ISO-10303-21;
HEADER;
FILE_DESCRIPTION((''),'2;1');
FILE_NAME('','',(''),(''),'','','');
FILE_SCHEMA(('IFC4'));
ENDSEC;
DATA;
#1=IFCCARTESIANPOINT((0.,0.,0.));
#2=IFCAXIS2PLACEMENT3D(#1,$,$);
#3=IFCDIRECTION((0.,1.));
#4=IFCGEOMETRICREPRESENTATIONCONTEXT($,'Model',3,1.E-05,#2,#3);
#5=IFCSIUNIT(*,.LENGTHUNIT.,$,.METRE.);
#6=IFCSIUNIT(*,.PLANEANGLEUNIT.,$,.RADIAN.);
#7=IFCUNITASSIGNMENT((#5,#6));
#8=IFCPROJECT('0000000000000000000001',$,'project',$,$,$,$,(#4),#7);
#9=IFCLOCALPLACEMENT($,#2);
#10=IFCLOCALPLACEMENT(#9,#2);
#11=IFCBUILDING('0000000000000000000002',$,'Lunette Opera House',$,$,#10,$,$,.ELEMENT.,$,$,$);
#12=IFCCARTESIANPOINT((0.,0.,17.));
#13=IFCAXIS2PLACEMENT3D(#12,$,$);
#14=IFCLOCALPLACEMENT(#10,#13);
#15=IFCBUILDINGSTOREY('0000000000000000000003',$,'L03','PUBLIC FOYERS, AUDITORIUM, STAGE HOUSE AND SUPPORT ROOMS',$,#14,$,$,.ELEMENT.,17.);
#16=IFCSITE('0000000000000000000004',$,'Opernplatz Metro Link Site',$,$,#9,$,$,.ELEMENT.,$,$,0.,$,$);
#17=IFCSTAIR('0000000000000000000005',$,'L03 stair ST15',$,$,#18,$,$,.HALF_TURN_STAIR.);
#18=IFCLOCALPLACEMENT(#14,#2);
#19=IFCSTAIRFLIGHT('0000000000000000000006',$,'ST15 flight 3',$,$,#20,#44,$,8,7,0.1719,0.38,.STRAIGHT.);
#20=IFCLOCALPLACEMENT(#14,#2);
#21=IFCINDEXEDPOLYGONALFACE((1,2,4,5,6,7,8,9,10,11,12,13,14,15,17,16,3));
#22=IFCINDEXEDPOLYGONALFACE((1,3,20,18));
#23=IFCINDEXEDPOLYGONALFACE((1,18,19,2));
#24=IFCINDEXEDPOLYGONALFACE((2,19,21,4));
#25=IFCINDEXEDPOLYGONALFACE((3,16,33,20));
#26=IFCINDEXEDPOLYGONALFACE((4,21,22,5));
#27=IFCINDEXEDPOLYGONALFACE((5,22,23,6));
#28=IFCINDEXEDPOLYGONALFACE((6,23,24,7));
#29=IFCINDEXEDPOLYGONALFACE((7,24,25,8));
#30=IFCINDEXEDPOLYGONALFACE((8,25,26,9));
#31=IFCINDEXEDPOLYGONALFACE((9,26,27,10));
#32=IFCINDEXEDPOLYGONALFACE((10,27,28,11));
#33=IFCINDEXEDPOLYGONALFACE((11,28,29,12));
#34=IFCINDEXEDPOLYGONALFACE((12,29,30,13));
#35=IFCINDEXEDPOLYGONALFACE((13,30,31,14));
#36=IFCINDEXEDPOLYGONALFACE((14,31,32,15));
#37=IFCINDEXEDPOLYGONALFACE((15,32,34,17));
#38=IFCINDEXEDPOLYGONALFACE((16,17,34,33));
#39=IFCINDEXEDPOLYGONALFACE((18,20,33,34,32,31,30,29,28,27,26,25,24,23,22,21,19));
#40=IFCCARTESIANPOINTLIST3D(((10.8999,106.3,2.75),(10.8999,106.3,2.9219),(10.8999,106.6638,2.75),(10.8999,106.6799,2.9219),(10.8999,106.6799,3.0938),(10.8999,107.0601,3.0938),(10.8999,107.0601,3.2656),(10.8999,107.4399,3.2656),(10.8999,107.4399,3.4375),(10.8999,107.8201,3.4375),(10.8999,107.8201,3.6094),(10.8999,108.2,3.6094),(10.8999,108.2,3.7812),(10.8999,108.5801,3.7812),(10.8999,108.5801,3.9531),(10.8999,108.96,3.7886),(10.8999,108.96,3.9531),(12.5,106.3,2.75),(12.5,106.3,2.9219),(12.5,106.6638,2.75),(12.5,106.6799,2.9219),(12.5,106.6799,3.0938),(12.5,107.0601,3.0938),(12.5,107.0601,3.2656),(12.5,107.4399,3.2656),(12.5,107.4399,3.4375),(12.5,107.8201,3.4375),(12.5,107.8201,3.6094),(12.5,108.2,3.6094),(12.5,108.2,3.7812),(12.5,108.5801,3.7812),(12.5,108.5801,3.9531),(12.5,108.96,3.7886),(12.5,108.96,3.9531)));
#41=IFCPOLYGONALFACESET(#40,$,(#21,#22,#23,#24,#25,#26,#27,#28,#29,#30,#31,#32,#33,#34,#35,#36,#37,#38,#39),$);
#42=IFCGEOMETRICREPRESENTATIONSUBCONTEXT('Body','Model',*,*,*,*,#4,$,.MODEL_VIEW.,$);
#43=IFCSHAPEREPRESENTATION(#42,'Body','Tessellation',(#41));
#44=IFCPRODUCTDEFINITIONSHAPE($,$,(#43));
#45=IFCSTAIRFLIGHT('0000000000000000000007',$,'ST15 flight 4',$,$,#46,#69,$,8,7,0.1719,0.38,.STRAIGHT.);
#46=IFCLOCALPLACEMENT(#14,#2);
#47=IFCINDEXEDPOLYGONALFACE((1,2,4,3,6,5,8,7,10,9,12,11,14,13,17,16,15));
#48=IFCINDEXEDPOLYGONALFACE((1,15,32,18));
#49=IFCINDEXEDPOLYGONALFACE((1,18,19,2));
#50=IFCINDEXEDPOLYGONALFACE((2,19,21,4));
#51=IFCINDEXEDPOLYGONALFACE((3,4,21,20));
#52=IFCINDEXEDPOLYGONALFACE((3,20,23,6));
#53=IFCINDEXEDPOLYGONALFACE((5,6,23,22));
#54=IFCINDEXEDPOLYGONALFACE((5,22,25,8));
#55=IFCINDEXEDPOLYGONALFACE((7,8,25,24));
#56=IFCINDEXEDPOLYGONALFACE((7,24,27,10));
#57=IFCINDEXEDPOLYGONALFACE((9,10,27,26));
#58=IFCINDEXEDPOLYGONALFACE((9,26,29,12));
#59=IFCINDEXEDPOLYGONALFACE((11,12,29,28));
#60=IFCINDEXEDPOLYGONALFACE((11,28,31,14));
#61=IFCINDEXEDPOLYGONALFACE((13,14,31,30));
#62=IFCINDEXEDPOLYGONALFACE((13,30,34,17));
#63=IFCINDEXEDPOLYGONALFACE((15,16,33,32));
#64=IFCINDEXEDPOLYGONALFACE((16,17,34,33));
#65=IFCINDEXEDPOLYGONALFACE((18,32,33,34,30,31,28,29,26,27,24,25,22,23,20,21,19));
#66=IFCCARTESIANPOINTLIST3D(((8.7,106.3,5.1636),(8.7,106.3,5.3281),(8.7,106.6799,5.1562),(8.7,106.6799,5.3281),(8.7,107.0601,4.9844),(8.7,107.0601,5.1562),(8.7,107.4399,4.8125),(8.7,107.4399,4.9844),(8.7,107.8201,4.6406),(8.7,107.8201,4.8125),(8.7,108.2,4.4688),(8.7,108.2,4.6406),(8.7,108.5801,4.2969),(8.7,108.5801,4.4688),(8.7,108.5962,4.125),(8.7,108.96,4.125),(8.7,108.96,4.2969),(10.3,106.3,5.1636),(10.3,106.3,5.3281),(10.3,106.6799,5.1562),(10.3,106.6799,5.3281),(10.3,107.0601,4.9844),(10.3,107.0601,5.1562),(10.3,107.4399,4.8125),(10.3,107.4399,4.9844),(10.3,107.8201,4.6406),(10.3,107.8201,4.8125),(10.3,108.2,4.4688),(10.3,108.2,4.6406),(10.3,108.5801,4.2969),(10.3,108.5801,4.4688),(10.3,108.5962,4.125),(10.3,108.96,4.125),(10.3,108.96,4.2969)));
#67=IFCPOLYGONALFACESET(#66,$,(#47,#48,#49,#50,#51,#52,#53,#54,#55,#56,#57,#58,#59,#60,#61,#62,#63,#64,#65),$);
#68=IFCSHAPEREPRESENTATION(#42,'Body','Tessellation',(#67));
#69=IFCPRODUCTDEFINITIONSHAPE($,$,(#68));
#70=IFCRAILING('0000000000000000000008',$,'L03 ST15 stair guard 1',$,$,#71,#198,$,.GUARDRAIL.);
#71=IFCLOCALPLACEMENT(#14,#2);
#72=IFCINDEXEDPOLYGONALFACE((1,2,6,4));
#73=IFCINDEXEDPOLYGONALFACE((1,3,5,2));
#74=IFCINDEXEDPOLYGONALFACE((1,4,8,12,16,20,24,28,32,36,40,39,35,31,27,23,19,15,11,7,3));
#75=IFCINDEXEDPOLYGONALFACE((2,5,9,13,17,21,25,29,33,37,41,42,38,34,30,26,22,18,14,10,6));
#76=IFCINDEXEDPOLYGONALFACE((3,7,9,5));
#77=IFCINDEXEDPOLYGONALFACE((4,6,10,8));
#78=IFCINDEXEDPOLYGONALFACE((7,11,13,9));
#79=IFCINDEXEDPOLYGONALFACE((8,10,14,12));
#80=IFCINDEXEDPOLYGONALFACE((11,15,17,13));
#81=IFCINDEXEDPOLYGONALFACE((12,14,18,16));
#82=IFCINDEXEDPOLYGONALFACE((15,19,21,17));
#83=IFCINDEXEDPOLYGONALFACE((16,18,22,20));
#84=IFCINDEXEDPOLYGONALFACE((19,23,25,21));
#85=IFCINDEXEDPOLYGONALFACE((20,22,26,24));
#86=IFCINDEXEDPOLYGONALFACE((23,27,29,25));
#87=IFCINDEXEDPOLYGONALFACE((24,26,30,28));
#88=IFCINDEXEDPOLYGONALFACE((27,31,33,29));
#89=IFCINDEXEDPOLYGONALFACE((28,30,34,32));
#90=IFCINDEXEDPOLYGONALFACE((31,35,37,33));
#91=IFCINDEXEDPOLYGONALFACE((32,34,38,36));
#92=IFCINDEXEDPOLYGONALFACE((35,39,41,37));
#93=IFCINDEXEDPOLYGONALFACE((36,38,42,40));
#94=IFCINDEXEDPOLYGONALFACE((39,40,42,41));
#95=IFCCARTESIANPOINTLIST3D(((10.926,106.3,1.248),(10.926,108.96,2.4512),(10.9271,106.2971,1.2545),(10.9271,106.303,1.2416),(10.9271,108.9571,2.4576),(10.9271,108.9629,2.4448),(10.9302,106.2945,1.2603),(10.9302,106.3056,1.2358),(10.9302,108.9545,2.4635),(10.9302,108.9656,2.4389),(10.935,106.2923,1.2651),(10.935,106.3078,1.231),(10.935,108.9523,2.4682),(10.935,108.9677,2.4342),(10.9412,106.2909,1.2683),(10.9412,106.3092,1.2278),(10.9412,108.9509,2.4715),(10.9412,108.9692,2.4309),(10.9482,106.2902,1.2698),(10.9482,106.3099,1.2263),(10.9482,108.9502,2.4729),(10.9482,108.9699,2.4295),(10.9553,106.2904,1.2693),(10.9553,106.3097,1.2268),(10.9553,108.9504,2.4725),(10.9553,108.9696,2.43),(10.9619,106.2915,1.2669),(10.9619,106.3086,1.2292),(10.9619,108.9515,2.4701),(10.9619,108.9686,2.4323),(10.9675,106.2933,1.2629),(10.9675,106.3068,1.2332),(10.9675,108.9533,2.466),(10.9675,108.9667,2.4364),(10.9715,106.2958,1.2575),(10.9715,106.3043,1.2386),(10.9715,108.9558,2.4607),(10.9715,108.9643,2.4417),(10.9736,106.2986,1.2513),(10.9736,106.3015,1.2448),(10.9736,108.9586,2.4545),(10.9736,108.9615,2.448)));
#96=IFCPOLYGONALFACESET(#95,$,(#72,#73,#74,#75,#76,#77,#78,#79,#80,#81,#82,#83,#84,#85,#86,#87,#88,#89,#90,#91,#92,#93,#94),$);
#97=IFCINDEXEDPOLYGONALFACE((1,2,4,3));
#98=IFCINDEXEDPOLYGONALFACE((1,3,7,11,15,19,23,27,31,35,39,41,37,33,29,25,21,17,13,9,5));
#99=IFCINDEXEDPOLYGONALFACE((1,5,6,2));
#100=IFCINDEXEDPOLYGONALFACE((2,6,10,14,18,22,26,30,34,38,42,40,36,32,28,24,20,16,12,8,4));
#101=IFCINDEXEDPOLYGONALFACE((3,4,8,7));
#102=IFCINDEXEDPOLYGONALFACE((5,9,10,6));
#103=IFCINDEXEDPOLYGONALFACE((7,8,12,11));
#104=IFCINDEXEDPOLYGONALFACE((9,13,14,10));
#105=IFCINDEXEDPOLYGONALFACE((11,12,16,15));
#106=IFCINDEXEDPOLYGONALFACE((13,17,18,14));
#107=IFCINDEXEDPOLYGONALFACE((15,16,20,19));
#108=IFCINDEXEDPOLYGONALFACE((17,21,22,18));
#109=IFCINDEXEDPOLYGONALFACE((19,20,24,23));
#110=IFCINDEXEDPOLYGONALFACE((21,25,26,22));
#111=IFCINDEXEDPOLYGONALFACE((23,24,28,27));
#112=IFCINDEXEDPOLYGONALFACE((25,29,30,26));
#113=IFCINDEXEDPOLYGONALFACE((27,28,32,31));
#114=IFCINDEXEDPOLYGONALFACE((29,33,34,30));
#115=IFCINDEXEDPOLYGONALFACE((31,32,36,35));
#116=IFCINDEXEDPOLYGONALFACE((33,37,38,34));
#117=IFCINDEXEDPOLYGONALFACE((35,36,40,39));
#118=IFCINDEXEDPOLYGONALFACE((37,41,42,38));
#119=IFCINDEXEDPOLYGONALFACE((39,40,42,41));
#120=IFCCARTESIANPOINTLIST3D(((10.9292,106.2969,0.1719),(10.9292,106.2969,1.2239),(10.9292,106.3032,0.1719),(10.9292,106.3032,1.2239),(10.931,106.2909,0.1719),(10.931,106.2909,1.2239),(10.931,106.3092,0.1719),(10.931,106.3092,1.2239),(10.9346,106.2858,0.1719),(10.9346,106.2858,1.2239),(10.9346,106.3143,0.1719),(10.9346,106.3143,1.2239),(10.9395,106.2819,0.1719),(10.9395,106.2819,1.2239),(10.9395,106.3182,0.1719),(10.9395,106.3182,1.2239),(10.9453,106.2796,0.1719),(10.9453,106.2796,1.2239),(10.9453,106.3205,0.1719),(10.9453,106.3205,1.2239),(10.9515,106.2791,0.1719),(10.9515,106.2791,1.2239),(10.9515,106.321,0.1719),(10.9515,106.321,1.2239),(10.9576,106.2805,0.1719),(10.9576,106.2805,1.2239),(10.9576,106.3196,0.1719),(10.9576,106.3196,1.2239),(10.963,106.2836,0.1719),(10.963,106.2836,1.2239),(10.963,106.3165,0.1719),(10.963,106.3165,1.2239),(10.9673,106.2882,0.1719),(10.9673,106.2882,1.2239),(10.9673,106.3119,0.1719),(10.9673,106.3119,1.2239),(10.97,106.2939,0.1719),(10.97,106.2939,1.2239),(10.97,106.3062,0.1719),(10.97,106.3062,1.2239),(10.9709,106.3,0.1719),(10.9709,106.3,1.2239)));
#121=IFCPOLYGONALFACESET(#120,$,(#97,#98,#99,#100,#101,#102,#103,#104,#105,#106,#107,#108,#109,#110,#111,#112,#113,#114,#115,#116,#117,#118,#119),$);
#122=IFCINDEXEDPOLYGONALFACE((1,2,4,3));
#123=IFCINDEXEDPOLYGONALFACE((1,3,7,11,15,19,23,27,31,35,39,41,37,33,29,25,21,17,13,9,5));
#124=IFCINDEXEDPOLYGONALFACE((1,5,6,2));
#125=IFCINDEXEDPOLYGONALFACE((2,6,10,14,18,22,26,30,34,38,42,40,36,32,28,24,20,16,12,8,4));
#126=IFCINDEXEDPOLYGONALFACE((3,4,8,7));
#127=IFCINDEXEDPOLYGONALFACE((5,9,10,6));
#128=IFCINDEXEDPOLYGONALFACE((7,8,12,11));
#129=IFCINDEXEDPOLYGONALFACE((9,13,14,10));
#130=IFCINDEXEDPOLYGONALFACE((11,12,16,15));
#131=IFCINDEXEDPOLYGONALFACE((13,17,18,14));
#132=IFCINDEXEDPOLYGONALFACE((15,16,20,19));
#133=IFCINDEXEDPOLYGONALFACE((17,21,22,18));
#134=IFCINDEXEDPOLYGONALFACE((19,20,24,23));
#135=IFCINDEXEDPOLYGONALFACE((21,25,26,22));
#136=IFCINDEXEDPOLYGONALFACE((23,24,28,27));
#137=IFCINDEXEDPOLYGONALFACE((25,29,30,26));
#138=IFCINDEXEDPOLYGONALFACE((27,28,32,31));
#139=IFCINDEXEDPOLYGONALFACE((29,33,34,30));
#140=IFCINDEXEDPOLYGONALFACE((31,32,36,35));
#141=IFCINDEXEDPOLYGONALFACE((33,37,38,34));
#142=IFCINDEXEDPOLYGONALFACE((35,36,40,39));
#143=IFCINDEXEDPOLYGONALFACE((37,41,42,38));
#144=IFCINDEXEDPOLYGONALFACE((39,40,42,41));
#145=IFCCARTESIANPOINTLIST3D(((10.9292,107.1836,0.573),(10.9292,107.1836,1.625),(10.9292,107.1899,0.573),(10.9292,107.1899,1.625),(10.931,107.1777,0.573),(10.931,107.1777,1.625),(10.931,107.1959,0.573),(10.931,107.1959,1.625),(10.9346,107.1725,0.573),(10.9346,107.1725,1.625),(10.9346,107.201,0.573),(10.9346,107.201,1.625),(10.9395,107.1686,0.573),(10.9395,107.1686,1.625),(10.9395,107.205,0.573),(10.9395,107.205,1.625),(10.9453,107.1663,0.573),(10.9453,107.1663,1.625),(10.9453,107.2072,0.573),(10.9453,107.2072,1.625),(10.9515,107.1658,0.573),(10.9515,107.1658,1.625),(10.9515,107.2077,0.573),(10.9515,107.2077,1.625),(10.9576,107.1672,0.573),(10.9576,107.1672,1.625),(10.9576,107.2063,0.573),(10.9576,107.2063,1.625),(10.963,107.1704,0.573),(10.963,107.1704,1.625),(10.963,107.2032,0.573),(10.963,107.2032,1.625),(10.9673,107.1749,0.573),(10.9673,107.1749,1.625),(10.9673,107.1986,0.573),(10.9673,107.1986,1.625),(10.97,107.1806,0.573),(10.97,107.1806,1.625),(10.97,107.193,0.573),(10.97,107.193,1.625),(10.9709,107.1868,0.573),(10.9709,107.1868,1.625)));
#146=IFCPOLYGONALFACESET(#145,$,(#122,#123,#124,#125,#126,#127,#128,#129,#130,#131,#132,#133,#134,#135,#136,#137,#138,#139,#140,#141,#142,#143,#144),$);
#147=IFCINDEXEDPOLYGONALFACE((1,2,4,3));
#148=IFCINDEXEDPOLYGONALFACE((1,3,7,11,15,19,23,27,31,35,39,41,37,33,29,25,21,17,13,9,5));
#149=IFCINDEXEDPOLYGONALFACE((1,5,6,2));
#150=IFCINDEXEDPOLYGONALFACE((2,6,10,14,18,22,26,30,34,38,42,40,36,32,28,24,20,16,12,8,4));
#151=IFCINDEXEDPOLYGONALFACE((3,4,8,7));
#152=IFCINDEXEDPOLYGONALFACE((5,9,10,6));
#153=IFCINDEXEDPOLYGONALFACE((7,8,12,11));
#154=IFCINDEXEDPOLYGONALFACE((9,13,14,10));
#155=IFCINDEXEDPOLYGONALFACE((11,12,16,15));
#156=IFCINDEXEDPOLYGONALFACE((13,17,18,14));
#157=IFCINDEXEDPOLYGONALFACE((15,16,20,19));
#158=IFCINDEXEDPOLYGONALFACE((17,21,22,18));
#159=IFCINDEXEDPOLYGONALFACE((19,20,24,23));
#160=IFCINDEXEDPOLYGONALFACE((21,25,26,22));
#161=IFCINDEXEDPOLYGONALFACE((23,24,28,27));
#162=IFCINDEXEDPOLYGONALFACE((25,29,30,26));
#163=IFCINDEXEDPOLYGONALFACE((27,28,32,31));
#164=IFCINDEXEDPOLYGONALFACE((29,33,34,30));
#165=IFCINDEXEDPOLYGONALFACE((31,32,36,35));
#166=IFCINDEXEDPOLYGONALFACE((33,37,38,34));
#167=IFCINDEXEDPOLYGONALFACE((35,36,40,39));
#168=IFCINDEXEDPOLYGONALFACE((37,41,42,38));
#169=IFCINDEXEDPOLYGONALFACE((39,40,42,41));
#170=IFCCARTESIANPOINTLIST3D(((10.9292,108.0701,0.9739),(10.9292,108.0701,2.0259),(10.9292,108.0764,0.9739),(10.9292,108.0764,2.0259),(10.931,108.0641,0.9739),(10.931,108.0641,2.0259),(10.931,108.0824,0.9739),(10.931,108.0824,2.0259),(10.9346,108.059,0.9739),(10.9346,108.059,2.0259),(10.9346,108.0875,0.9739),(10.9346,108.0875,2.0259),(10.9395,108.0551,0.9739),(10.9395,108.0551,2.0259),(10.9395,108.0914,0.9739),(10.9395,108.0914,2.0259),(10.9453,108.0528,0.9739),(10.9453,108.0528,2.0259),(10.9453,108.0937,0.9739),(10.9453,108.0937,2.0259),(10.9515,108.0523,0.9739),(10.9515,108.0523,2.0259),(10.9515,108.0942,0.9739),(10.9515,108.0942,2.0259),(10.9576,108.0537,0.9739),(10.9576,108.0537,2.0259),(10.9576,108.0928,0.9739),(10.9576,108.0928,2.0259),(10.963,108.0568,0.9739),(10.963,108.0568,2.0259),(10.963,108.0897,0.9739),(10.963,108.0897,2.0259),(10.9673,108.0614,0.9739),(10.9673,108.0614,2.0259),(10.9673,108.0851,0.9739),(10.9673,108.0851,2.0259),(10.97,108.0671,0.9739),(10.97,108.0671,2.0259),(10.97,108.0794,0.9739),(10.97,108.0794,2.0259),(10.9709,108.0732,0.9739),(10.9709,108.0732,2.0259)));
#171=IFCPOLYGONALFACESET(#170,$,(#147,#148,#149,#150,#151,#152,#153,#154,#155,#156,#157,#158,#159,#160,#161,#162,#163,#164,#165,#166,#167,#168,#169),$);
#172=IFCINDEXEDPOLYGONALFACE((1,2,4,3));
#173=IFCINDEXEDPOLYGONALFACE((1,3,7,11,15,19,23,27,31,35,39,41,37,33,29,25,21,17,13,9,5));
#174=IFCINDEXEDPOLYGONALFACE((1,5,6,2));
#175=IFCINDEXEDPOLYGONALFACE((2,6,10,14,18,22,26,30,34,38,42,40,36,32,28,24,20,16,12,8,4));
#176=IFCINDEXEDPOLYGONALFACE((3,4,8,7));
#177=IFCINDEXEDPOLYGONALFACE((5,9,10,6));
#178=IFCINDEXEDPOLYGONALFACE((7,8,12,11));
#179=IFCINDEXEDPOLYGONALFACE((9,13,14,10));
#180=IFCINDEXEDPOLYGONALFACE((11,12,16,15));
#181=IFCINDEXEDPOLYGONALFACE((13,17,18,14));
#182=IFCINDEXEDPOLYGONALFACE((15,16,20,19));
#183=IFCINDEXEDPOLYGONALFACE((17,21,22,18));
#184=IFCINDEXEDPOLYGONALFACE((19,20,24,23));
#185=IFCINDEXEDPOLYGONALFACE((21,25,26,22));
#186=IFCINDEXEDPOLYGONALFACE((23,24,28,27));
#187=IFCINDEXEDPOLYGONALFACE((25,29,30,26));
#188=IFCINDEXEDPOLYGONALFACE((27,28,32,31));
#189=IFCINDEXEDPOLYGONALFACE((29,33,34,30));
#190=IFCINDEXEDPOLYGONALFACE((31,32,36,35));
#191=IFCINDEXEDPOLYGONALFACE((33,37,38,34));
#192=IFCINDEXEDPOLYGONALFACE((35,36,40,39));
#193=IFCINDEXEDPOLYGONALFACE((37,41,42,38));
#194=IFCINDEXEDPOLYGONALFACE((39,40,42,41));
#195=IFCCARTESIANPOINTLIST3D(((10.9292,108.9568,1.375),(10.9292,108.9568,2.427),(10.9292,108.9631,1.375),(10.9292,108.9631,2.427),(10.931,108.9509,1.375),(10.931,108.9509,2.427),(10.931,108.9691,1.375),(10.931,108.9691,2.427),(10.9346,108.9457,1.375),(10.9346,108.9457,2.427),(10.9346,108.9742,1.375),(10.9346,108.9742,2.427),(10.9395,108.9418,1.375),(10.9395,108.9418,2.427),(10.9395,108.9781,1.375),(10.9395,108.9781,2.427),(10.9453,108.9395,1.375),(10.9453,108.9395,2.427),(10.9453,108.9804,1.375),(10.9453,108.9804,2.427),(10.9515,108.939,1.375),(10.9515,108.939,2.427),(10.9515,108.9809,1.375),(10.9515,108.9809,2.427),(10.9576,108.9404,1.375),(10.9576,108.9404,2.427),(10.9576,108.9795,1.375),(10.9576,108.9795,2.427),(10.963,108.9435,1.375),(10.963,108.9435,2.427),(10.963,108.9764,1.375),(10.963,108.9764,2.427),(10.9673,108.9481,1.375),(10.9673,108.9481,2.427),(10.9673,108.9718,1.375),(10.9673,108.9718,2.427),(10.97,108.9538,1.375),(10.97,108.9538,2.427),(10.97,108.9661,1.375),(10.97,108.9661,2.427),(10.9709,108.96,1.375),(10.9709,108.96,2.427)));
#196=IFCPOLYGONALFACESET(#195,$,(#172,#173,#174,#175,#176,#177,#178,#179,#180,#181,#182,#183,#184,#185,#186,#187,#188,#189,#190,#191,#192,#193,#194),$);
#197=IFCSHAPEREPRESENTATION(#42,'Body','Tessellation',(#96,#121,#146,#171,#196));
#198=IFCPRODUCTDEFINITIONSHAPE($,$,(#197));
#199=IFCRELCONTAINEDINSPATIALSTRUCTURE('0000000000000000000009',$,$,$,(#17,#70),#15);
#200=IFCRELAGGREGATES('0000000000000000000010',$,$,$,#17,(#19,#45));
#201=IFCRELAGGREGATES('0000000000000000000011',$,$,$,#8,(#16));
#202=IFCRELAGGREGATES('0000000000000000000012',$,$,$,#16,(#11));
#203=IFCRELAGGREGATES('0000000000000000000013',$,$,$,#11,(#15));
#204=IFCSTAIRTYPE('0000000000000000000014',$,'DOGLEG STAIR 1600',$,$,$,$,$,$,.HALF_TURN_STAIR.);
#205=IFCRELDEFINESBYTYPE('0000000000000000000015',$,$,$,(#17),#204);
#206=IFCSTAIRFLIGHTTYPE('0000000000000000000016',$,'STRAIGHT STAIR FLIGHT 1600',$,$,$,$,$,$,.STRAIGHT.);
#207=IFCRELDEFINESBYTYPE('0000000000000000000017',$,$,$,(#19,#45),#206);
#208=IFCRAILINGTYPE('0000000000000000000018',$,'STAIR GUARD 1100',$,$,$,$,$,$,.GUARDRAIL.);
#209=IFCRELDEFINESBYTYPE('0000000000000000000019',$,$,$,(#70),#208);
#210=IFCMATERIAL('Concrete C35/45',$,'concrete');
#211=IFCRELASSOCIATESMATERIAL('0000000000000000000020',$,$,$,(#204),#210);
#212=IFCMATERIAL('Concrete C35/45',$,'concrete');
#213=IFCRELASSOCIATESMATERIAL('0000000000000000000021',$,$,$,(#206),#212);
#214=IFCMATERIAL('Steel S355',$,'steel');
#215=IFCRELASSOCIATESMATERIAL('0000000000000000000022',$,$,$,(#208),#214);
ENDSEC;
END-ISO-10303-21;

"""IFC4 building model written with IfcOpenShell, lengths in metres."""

from ifc_helpers import new_model, si_unit, direction, frame, origin, origin_2d, place, context, subcontext, project, spatial, polyline, circle, outline, extrude, material, type_object, element, aggregate, save


model = new_model("IFC4")

# Units and contexts
model_context = context("Model", 3, precision=1e-05, world=origin(), true_north=direction((0.0, 1.0)))
body_context = subcontext(model_context, "Body", "Model", "MODEL_VIEW")
ifc_project = project(units=[si_unit("LENGTHUNIT", "METRE"), si_unit("PLANEANGLEUNIT", "RADIAN")], contexts=[model_context])

# Site, building, storey
site_placement = place(None, origin())
site = spatial("IfcSite", under=ifc_project, at=site_placement, Name="Opernplatz Metro Link Site", CompositionType="ELEMENT", RefElevation=0.0)
building_placement = place(site_placement, origin())
building = spatial("IfcBuilding", under=site, at=building_placement, Name="Lunette Opera House", CompositionType="ELEMENT")
storey_placement = place(building_placement, frame((0.0, 0.0, 17.0)))
storey = spatial("IfcBuildingStorey", under=building, at=storey_placement, Name="L03", Description="PUBLIC FOYERS, AUDITORIUM, STAGE HOUSE AND SUPPORT ROOMS", CompositionType="ELEMENT", Elevation=17.0)

# Stair, stair flights
ifc_material_1 = material(Name="Concrete C35/45", Category="concrete")
stair_type = type_object("IfcStairType", Name="DOGLEG STAIR 1600", PredefinedType="HALF_TURN_STAIR", material=ifc_material_1)
stair_placement = place(storey_placement, origin())
stair = element("IfcStair", 1, at=stair_placement, inside=storey, type_object=stair_type, Name="L03 stair ST15", PredefinedType="HALF_TURN_STAIR")
ifc_material_2 = material(Name="Concrete C35/45", Category="concrete")
stair_flight_type = type_object("IfcStairFlightType", Name="STRAIGHT STAIR FLIGHT 1600", PredefinedType="STRAIGHT", material=ifc_material_2)
stair_flight_1_placement = place(storey_placement, frame((11.7, 106.3, 2.75), z_axis=(0.0, 0.0, 1.0), x_axis=(0.0, 1.0, 0.0)))
stair_flight_1 = element("IfcStairFlight", 2, at=stair_flight_1_placement, type_object=stair_flight_type, Name="ST15 flight 3", NumberOfRisers=8, NumberOfTreads=7, PredefinedType="STRAIGHT", RiserHeight=0.1719, TreadLength=0.38, context=body_context, shape_type="SweptSolid", body=[
    extrude(outline(polyline([(0.0, 0.0), (0.0, 0.1719), (0.3799, 0.1719), (0.3799, 0.3438), (0.76, 0.3438), (0.76, 0.5156), (1.1399, 0.5156), (1.1399, 0.6875), (1.52, 0.6875), (1.52, 0.8594), (1.8999, 0.8594), (1.8999, 1.0312), (2.28, 1.0312), (2.28, 1.2031), (2.6599, 1.2031), (2.6599, 1.375), (2.6599, 1.0386), (0.3638, 0.0), (0.0, 0.0)])), frame((0.0, 0.8, 0.0), z_axis=(0.0, -1.0, 0.0), x_axis=(1.0, 0.0, 0.0)), (0.0, 0.0, 1.0), 1.6001),
])
stair_flight_2_placement = place(storey_placement, frame((9.5, 108.96, 4.125), z_axis=(0.0, 0.0, 1.0), x_axis=(0.0, -1.0, 0.0)))
stair_flight_2 = element("IfcStairFlight", 3, at=stair_flight_2_placement, type_object=stair_flight_type, Name="ST15 flight 4", NumberOfRisers=8, NumberOfTreads=7, PredefinedType="STRAIGHT", RiserHeight=0.1719, TreadLength=0.38, context=body_context, shape_type="SweptSolid", body=[
    extrude(outline(polyline([(0.0, 0.0), (0.0, 0.1719), (0.3799, 0.1719), (0.3799, 0.3438), (0.76, 0.3438), (0.76, 0.5156), (1.1399, 0.5156), (1.1399, 0.6875), (1.52, 0.6875), (1.52, 0.8594), (1.8999, 0.8594), (1.8999, 1.0312), (2.28, 1.0312), (2.28, 1.2031), (2.6599, 1.2031), (2.6599, 1.375), (2.6599, 1.0386), (0.3638, 0.0), (0.0, 0.0)])), frame((0.0, 0.8, 0.0), z_axis=(0.0, -1.0, 0.0), x_axis=(1.0, 0.0, 0.0)), (0.0, 0.0, 1.0), 1.6001),
])
aggregate(stair, [stair_flight_1, stair_flight_2])

# Railing
ifc_material_3 = material(Name="Steel S355", Category="steel")
railing_type_1 = type_object("IfcRailingType", Name="STAIR GUARD 1100", PredefinedType="GUARDRAIL", material=ifc_material_3)
railing_1_placement = place(storey_placement, frame((10.95, 106.3, 0.1719)))
element("IfcRailing", 4, at=railing_1_placement, inside=storey, type_object=railing_type_1, Name="L03 ST15 stair guard 1", PredefinedType="GUARDRAIL", context=body_context, shape_type="SweptSolid", body=[
    extrude(circle(Radius=0.0239, at=origin_2d()), frame((0.0, 0.0, 1.0762), z_axis=(0.0, 0.91113, 0.41212), x_axis=(-1.0, 0.0, 0.0)), (0.0, 0.0, 1.0), 2.9194),
    extrude(circle(Radius=0.021, at=origin_2d()), origin(), (0.0, 0.0, 1.0), 1.052),
    extrude(circle(Radius=0.021, at=origin_2d()), frame((0.0, 0.8867, 0.4011)), (0.0, 0.0, 1.0), 1.052),
    extrude(circle(Radius=0.021, at=origin_2d()), frame((0.0, 1.7732, 0.802)), (0.0, 0.0, 1.0), 1.052),
    extrude(circle(Radius=0.021, at=origin_2d()), frame((0.0, 2.6599, 1.2031)), (0.0, 0.0, 1.0), 1.052),
])

save(model, "model.ifc")
